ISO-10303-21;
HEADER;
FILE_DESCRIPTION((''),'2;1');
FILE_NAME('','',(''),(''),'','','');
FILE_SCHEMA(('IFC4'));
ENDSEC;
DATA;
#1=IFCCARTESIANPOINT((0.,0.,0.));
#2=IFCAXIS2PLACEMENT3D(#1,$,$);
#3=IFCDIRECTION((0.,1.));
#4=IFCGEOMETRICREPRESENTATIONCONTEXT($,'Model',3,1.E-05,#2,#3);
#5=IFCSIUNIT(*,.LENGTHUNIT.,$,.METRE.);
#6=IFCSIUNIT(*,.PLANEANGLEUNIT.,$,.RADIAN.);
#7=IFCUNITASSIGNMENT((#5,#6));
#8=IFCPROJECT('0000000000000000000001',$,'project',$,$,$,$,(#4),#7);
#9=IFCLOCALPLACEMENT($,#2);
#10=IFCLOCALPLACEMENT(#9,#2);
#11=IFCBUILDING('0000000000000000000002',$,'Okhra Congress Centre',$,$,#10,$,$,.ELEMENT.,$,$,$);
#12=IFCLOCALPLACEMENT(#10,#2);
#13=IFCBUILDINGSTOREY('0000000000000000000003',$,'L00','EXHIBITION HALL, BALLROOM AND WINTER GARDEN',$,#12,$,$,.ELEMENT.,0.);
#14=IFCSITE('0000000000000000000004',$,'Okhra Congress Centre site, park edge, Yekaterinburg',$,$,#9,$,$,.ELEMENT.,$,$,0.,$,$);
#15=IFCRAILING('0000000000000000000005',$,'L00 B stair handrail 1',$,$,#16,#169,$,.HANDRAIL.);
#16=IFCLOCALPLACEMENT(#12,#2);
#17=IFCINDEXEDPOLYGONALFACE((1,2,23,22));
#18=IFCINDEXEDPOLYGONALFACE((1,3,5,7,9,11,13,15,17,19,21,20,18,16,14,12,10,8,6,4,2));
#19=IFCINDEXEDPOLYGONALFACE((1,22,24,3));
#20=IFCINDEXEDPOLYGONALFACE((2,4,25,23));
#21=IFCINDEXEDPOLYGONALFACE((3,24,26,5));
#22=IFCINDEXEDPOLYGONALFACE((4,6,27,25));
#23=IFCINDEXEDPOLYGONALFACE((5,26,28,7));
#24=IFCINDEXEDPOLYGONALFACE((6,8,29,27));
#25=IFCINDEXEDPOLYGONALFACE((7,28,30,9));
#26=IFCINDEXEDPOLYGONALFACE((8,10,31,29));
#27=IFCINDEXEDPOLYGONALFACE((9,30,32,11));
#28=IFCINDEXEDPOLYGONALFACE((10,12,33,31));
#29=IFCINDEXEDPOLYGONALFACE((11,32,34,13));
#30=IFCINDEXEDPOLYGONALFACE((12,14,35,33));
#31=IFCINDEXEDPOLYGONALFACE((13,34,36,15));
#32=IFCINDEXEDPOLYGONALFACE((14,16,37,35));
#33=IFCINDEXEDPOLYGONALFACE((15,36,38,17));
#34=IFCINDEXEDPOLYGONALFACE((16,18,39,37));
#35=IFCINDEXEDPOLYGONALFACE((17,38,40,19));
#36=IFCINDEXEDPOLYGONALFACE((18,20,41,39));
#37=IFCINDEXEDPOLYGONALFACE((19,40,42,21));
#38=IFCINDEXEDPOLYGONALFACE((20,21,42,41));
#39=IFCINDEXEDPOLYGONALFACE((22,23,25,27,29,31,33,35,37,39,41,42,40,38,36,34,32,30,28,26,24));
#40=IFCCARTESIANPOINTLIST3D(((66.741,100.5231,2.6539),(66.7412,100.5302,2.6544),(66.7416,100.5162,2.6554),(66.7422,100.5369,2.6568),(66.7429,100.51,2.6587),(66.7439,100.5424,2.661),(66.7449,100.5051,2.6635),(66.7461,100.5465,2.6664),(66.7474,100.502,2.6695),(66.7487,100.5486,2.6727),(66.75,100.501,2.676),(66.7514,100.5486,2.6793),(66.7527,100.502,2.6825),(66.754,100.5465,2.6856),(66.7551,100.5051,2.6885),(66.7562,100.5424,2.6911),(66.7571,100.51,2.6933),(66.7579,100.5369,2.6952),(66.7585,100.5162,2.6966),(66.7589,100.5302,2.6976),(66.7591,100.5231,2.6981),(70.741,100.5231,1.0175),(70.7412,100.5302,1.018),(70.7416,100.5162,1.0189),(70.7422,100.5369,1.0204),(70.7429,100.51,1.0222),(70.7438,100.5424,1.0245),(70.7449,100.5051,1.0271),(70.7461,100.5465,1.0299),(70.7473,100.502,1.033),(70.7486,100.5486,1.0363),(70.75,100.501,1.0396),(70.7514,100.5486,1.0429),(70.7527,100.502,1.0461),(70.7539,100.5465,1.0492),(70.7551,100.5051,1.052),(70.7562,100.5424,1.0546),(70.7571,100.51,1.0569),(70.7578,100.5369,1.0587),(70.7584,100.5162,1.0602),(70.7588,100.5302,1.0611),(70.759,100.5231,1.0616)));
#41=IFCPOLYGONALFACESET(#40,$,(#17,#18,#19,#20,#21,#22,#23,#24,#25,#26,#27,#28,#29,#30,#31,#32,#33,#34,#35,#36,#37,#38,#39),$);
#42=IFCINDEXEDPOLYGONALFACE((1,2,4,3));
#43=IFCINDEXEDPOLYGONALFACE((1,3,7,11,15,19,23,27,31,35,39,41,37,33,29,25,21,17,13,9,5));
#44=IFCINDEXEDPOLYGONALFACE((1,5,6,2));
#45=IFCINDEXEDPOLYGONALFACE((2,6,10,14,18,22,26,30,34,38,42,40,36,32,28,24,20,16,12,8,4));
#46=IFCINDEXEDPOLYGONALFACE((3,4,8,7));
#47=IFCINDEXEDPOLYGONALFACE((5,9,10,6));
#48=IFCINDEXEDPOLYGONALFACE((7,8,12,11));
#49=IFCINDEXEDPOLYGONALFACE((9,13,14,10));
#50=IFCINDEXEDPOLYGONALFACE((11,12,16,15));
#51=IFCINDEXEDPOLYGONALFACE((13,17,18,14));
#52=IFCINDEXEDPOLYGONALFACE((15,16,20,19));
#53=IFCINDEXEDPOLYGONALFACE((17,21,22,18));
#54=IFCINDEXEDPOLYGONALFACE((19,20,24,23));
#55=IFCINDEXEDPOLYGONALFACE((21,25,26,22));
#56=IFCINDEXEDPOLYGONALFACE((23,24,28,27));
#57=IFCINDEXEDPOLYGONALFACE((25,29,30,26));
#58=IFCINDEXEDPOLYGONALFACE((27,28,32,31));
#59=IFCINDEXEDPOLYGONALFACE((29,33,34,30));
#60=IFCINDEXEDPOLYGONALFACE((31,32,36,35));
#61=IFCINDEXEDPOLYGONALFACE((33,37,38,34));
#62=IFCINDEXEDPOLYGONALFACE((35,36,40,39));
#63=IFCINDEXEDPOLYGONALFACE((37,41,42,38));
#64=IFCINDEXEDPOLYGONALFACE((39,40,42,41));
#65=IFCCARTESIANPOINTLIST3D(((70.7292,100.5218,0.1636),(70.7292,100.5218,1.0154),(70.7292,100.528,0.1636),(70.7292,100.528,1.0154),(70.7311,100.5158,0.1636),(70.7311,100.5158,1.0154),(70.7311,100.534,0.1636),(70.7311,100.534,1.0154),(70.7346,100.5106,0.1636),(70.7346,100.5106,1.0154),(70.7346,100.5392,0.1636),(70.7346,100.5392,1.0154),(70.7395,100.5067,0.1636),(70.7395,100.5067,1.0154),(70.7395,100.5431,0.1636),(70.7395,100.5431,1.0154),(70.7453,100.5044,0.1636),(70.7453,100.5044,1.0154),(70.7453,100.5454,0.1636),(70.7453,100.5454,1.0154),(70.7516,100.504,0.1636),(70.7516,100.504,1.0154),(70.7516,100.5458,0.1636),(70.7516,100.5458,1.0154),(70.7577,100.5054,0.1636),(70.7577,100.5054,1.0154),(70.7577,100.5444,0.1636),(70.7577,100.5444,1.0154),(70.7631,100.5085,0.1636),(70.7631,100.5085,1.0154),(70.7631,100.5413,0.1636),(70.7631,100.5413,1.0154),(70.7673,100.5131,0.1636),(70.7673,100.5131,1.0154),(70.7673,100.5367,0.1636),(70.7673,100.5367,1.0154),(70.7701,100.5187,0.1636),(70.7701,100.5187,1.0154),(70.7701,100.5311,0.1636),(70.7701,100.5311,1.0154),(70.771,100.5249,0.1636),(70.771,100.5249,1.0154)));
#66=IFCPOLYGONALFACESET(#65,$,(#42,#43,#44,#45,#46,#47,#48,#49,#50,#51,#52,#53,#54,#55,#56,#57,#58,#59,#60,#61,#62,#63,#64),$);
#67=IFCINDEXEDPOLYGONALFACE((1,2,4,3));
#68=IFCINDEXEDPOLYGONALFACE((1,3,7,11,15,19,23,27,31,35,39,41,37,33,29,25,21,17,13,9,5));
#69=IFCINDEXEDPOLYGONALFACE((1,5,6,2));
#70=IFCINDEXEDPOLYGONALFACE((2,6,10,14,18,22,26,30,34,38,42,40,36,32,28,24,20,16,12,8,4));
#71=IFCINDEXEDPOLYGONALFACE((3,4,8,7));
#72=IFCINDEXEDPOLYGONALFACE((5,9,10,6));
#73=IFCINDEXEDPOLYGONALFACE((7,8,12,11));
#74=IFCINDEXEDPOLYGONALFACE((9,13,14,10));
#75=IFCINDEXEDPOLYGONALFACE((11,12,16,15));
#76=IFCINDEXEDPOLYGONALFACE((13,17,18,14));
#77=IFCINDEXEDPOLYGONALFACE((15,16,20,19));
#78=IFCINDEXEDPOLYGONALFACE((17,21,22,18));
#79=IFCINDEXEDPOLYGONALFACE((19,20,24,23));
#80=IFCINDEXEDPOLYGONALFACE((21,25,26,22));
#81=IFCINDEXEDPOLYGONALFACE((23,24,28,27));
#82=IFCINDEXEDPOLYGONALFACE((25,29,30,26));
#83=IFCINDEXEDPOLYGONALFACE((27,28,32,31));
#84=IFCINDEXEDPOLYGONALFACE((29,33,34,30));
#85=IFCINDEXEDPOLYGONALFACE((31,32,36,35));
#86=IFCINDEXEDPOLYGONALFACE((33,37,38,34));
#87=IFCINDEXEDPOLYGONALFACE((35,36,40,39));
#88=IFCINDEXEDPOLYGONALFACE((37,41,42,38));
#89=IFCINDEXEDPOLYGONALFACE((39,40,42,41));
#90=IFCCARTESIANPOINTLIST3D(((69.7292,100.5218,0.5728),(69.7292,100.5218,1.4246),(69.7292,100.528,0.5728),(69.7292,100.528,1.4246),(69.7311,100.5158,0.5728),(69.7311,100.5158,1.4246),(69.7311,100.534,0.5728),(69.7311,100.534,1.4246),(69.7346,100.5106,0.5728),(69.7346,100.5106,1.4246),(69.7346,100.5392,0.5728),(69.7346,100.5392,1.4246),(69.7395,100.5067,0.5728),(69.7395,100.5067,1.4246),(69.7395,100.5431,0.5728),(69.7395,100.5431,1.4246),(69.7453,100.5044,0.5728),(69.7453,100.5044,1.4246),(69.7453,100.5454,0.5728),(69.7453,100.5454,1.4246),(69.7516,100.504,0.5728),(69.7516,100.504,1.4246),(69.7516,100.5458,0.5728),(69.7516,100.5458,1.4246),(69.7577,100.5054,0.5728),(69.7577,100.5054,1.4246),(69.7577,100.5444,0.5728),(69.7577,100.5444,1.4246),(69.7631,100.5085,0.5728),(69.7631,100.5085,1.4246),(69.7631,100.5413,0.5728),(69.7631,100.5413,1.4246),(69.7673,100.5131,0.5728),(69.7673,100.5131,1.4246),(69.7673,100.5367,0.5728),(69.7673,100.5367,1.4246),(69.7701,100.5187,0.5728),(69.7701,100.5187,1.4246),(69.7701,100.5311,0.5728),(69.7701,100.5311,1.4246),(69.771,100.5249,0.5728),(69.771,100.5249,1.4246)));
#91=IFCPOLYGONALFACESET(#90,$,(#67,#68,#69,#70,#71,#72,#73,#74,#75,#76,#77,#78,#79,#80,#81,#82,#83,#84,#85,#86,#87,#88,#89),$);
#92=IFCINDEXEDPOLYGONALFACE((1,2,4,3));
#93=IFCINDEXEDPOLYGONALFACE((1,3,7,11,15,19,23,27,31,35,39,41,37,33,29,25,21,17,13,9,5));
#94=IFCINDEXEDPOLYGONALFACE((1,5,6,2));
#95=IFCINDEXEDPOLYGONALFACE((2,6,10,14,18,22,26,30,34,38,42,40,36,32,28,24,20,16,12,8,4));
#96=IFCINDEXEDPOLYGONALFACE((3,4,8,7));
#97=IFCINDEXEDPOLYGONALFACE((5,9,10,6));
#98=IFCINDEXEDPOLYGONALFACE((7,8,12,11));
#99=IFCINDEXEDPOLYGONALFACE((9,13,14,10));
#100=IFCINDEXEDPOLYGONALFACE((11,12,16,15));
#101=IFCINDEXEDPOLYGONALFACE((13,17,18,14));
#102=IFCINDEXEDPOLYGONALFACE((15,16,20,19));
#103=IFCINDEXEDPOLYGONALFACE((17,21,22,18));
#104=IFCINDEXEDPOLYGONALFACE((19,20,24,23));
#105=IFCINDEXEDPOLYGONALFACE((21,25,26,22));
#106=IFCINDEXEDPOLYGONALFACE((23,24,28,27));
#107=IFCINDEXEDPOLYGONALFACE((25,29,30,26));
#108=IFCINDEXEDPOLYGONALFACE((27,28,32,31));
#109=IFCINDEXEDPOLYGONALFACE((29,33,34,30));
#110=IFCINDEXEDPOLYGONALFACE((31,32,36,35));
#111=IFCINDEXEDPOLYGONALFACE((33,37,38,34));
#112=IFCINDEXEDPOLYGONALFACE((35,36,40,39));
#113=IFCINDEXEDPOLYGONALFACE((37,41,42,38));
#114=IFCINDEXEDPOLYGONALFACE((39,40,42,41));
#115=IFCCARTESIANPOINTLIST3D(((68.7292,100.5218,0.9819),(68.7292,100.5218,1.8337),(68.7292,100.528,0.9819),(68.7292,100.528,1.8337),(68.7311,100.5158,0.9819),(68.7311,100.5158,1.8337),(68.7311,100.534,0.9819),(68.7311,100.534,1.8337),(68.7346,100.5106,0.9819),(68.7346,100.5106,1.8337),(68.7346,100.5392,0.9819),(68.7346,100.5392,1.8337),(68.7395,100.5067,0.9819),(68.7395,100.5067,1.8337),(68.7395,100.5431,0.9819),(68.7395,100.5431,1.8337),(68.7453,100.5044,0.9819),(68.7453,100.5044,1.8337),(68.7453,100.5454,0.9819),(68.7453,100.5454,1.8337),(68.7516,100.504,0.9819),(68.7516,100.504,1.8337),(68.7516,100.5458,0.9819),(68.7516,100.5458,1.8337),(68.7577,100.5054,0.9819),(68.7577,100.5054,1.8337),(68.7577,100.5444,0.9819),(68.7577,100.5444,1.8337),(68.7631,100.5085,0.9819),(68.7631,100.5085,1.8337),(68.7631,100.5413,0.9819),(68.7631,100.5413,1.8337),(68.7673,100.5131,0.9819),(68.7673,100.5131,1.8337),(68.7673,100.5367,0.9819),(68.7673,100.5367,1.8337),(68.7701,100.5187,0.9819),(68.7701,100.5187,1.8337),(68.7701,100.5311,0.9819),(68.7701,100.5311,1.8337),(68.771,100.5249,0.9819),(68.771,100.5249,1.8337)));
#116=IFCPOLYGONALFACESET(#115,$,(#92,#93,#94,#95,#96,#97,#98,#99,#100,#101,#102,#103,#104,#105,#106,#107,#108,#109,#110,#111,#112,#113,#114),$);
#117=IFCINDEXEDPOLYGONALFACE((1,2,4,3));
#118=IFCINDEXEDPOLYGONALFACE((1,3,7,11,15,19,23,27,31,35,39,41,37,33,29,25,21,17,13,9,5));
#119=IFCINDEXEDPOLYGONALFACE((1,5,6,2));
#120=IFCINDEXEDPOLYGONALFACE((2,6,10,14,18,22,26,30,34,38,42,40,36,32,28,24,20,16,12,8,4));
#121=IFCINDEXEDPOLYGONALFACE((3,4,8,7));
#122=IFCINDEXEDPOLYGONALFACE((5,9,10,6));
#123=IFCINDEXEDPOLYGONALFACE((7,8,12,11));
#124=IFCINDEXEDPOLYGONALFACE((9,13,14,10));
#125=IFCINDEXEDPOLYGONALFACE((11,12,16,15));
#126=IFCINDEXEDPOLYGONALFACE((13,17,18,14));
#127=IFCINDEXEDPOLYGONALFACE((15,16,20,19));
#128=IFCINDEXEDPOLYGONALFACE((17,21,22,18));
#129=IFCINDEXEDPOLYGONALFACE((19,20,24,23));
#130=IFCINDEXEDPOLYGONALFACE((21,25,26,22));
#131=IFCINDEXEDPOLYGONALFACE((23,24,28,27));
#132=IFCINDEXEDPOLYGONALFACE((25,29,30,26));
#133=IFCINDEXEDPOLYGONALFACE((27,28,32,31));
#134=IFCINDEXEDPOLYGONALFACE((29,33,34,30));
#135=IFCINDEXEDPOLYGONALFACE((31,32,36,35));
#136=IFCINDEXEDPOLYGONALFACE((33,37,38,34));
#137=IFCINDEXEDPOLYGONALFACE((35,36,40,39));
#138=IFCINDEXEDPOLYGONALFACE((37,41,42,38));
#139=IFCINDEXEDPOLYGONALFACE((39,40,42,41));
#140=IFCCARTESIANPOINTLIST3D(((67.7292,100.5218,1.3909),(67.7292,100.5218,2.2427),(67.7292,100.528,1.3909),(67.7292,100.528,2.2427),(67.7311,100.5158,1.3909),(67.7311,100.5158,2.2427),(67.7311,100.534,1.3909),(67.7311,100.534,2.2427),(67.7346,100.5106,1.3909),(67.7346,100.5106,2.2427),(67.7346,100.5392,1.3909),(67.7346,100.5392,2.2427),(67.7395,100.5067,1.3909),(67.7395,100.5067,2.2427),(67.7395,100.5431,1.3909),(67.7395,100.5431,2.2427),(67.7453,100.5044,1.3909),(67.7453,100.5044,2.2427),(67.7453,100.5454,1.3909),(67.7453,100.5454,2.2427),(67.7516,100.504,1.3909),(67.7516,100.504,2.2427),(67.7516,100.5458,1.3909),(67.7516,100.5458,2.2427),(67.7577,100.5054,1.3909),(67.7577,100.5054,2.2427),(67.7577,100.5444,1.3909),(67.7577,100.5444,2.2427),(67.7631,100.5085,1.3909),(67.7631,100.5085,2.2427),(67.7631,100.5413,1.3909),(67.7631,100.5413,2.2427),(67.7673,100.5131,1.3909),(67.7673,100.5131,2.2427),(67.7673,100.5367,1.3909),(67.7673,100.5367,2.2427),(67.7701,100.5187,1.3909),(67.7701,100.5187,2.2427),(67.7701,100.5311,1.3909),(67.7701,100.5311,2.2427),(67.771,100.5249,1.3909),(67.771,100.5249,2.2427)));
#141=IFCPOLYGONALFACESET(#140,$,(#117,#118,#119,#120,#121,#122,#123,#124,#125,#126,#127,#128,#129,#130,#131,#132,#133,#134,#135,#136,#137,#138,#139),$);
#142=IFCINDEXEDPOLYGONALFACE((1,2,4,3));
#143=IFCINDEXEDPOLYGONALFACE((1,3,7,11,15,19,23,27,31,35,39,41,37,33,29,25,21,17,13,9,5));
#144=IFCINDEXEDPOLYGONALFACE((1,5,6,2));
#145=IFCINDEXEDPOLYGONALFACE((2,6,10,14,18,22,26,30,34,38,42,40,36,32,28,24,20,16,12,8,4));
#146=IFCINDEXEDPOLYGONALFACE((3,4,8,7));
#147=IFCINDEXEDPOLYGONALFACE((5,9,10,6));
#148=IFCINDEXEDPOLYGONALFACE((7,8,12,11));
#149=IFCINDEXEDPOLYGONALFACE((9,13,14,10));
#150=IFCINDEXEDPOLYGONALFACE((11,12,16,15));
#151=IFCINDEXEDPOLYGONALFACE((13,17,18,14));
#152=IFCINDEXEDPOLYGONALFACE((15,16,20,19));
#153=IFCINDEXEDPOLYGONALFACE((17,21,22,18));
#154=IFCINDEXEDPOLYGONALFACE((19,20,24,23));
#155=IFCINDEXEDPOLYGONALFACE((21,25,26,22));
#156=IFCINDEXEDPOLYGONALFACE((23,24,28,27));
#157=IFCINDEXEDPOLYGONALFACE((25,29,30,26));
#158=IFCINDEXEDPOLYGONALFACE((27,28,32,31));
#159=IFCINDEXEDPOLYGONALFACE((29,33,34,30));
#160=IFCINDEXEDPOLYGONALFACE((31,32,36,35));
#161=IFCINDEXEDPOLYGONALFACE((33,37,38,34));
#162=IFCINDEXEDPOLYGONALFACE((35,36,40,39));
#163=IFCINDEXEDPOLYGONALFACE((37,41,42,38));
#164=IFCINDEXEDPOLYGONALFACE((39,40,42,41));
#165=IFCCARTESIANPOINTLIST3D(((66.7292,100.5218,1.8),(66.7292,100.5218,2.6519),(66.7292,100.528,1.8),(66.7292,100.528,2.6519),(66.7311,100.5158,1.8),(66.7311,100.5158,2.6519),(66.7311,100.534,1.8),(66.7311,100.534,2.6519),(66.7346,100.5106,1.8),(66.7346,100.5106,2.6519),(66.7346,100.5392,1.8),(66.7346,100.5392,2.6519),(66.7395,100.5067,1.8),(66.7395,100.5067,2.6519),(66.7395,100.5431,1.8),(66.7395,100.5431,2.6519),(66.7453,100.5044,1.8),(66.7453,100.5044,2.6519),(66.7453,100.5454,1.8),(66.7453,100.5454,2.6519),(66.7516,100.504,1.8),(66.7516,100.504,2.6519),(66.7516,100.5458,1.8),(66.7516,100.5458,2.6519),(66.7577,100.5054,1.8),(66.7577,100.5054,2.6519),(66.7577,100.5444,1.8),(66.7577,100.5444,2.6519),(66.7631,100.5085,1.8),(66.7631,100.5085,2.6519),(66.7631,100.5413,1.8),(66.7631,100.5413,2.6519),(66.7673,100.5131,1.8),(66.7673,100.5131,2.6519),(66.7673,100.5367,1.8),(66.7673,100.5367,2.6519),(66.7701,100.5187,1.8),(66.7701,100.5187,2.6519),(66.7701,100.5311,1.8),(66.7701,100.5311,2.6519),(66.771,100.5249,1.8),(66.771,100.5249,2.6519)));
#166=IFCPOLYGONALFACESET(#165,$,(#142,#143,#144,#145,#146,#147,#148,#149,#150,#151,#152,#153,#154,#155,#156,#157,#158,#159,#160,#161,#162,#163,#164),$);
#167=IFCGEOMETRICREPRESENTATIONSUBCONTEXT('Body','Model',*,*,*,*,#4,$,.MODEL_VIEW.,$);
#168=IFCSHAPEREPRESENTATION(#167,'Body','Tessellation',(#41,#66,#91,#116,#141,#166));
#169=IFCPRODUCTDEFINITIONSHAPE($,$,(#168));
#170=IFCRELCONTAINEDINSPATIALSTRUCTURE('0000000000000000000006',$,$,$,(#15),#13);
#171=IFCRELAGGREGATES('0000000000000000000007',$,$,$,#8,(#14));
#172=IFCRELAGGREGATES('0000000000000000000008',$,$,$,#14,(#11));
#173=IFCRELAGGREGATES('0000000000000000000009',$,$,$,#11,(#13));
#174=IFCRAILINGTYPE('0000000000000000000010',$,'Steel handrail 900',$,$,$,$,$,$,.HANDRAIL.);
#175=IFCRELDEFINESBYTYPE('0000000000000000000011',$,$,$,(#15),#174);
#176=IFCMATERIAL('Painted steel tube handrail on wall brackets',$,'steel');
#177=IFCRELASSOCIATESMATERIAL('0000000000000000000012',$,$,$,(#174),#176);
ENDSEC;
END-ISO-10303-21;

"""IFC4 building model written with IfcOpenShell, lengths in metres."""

from ifc_helpers import new_model, si_unit, direction, frame, origin, origin_2d, place, context, subcontext, project, spatial, circle, extrude, material, type_object, element, save


model = new_model("IFC4")

# Units and contexts
model_context = context("Model", 3, precision=1e-05, world=origin(), true_north=direction((0.0, 1.0)))
body_context = subcontext(model_context, "Body", "Model", "MODEL_VIEW")
ifc_project = project(units=[si_unit("LENGTHUNIT", "METRE"), si_unit("PLANEANGLEUNIT", "RADIAN")], contexts=[model_context])

# Site, building, storey
site_placement = place(None, origin())
site = spatial("IfcSite", under=ifc_project, at=site_placement, Name="Okhra Congress Centre site, park edge, Yekaterinburg", CompositionType="ELEMENT", RefElevation=0.0)
building_placement = place(site_placement, origin())
building = spatial("IfcBuilding", under=site, at=building_placement, Name="Okhra Congress Centre", CompositionType="ELEMENT")
storey_placement = place(building_placement, origin())
storey = spatial("IfcBuildingStorey", under=building, at=storey_placement, Name="L00", Description="EXHIBITION HALL, BALLROOM AND WINTER GARDEN", CompositionType="ELEMENT", Elevation=0.0)

# Railing
ifc_material_1 = material(Name="Painted steel tube handrail on wall brackets", Category="steel")
railing_type_1 = type_object("IfcRailingType", Name="Steel handrail 900", PredefinedType="HANDRAIL", material=ifc_material_1)
railing_1_placement = place(storey_placement, frame((70.75, 100.5249, 0.1636)))
element("IfcRailing", 1, at=railing_1_placement, inside=storey, type_object=railing_type_1, Name="L00 B stair handrail 1", PredefinedType="HANDRAIL", context=body_context, shape_type="SweptSolid", body=[
    extrude(circle(Radius=0.0239, at=origin_2d()), frame((0.0, 0.0, 0.876), z_axis=(-0.925538, 0.0, 0.378655), x_axis=(0.0, -1.0, 0.0)), (0.0, 0.0, 1.0), 4.3218),
    extrude(circle(Radius=0.021, at=origin_2d()), origin(), (0.0, 0.0, 1.0), 0.8518),
    extrude(circle(Radius=0.021, at=origin_2d()), frame((-1.0, 0.0, 0.4092)), (0.0, 0.0, 1.0), 0.8518),
    extrude(circle(Radius=0.021, at=origin_2d()), frame((-2.0, 0.0, 0.8184)), (0.0, 0.0, 1.0), 0.8518),
    extrude(circle(Radius=0.021, at=origin_2d()), frame((-3.0, 0.0, 1.2273)), (0.0, 0.0, 1.0), 0.8518),
    extrude(circle(Radius=0.021, at=origin_2d()), frame((-4.0, 0.0, 1.6365)), (0.0, 0.0, 1.0), 0.8518),
])

save(model, "model.ifc")
